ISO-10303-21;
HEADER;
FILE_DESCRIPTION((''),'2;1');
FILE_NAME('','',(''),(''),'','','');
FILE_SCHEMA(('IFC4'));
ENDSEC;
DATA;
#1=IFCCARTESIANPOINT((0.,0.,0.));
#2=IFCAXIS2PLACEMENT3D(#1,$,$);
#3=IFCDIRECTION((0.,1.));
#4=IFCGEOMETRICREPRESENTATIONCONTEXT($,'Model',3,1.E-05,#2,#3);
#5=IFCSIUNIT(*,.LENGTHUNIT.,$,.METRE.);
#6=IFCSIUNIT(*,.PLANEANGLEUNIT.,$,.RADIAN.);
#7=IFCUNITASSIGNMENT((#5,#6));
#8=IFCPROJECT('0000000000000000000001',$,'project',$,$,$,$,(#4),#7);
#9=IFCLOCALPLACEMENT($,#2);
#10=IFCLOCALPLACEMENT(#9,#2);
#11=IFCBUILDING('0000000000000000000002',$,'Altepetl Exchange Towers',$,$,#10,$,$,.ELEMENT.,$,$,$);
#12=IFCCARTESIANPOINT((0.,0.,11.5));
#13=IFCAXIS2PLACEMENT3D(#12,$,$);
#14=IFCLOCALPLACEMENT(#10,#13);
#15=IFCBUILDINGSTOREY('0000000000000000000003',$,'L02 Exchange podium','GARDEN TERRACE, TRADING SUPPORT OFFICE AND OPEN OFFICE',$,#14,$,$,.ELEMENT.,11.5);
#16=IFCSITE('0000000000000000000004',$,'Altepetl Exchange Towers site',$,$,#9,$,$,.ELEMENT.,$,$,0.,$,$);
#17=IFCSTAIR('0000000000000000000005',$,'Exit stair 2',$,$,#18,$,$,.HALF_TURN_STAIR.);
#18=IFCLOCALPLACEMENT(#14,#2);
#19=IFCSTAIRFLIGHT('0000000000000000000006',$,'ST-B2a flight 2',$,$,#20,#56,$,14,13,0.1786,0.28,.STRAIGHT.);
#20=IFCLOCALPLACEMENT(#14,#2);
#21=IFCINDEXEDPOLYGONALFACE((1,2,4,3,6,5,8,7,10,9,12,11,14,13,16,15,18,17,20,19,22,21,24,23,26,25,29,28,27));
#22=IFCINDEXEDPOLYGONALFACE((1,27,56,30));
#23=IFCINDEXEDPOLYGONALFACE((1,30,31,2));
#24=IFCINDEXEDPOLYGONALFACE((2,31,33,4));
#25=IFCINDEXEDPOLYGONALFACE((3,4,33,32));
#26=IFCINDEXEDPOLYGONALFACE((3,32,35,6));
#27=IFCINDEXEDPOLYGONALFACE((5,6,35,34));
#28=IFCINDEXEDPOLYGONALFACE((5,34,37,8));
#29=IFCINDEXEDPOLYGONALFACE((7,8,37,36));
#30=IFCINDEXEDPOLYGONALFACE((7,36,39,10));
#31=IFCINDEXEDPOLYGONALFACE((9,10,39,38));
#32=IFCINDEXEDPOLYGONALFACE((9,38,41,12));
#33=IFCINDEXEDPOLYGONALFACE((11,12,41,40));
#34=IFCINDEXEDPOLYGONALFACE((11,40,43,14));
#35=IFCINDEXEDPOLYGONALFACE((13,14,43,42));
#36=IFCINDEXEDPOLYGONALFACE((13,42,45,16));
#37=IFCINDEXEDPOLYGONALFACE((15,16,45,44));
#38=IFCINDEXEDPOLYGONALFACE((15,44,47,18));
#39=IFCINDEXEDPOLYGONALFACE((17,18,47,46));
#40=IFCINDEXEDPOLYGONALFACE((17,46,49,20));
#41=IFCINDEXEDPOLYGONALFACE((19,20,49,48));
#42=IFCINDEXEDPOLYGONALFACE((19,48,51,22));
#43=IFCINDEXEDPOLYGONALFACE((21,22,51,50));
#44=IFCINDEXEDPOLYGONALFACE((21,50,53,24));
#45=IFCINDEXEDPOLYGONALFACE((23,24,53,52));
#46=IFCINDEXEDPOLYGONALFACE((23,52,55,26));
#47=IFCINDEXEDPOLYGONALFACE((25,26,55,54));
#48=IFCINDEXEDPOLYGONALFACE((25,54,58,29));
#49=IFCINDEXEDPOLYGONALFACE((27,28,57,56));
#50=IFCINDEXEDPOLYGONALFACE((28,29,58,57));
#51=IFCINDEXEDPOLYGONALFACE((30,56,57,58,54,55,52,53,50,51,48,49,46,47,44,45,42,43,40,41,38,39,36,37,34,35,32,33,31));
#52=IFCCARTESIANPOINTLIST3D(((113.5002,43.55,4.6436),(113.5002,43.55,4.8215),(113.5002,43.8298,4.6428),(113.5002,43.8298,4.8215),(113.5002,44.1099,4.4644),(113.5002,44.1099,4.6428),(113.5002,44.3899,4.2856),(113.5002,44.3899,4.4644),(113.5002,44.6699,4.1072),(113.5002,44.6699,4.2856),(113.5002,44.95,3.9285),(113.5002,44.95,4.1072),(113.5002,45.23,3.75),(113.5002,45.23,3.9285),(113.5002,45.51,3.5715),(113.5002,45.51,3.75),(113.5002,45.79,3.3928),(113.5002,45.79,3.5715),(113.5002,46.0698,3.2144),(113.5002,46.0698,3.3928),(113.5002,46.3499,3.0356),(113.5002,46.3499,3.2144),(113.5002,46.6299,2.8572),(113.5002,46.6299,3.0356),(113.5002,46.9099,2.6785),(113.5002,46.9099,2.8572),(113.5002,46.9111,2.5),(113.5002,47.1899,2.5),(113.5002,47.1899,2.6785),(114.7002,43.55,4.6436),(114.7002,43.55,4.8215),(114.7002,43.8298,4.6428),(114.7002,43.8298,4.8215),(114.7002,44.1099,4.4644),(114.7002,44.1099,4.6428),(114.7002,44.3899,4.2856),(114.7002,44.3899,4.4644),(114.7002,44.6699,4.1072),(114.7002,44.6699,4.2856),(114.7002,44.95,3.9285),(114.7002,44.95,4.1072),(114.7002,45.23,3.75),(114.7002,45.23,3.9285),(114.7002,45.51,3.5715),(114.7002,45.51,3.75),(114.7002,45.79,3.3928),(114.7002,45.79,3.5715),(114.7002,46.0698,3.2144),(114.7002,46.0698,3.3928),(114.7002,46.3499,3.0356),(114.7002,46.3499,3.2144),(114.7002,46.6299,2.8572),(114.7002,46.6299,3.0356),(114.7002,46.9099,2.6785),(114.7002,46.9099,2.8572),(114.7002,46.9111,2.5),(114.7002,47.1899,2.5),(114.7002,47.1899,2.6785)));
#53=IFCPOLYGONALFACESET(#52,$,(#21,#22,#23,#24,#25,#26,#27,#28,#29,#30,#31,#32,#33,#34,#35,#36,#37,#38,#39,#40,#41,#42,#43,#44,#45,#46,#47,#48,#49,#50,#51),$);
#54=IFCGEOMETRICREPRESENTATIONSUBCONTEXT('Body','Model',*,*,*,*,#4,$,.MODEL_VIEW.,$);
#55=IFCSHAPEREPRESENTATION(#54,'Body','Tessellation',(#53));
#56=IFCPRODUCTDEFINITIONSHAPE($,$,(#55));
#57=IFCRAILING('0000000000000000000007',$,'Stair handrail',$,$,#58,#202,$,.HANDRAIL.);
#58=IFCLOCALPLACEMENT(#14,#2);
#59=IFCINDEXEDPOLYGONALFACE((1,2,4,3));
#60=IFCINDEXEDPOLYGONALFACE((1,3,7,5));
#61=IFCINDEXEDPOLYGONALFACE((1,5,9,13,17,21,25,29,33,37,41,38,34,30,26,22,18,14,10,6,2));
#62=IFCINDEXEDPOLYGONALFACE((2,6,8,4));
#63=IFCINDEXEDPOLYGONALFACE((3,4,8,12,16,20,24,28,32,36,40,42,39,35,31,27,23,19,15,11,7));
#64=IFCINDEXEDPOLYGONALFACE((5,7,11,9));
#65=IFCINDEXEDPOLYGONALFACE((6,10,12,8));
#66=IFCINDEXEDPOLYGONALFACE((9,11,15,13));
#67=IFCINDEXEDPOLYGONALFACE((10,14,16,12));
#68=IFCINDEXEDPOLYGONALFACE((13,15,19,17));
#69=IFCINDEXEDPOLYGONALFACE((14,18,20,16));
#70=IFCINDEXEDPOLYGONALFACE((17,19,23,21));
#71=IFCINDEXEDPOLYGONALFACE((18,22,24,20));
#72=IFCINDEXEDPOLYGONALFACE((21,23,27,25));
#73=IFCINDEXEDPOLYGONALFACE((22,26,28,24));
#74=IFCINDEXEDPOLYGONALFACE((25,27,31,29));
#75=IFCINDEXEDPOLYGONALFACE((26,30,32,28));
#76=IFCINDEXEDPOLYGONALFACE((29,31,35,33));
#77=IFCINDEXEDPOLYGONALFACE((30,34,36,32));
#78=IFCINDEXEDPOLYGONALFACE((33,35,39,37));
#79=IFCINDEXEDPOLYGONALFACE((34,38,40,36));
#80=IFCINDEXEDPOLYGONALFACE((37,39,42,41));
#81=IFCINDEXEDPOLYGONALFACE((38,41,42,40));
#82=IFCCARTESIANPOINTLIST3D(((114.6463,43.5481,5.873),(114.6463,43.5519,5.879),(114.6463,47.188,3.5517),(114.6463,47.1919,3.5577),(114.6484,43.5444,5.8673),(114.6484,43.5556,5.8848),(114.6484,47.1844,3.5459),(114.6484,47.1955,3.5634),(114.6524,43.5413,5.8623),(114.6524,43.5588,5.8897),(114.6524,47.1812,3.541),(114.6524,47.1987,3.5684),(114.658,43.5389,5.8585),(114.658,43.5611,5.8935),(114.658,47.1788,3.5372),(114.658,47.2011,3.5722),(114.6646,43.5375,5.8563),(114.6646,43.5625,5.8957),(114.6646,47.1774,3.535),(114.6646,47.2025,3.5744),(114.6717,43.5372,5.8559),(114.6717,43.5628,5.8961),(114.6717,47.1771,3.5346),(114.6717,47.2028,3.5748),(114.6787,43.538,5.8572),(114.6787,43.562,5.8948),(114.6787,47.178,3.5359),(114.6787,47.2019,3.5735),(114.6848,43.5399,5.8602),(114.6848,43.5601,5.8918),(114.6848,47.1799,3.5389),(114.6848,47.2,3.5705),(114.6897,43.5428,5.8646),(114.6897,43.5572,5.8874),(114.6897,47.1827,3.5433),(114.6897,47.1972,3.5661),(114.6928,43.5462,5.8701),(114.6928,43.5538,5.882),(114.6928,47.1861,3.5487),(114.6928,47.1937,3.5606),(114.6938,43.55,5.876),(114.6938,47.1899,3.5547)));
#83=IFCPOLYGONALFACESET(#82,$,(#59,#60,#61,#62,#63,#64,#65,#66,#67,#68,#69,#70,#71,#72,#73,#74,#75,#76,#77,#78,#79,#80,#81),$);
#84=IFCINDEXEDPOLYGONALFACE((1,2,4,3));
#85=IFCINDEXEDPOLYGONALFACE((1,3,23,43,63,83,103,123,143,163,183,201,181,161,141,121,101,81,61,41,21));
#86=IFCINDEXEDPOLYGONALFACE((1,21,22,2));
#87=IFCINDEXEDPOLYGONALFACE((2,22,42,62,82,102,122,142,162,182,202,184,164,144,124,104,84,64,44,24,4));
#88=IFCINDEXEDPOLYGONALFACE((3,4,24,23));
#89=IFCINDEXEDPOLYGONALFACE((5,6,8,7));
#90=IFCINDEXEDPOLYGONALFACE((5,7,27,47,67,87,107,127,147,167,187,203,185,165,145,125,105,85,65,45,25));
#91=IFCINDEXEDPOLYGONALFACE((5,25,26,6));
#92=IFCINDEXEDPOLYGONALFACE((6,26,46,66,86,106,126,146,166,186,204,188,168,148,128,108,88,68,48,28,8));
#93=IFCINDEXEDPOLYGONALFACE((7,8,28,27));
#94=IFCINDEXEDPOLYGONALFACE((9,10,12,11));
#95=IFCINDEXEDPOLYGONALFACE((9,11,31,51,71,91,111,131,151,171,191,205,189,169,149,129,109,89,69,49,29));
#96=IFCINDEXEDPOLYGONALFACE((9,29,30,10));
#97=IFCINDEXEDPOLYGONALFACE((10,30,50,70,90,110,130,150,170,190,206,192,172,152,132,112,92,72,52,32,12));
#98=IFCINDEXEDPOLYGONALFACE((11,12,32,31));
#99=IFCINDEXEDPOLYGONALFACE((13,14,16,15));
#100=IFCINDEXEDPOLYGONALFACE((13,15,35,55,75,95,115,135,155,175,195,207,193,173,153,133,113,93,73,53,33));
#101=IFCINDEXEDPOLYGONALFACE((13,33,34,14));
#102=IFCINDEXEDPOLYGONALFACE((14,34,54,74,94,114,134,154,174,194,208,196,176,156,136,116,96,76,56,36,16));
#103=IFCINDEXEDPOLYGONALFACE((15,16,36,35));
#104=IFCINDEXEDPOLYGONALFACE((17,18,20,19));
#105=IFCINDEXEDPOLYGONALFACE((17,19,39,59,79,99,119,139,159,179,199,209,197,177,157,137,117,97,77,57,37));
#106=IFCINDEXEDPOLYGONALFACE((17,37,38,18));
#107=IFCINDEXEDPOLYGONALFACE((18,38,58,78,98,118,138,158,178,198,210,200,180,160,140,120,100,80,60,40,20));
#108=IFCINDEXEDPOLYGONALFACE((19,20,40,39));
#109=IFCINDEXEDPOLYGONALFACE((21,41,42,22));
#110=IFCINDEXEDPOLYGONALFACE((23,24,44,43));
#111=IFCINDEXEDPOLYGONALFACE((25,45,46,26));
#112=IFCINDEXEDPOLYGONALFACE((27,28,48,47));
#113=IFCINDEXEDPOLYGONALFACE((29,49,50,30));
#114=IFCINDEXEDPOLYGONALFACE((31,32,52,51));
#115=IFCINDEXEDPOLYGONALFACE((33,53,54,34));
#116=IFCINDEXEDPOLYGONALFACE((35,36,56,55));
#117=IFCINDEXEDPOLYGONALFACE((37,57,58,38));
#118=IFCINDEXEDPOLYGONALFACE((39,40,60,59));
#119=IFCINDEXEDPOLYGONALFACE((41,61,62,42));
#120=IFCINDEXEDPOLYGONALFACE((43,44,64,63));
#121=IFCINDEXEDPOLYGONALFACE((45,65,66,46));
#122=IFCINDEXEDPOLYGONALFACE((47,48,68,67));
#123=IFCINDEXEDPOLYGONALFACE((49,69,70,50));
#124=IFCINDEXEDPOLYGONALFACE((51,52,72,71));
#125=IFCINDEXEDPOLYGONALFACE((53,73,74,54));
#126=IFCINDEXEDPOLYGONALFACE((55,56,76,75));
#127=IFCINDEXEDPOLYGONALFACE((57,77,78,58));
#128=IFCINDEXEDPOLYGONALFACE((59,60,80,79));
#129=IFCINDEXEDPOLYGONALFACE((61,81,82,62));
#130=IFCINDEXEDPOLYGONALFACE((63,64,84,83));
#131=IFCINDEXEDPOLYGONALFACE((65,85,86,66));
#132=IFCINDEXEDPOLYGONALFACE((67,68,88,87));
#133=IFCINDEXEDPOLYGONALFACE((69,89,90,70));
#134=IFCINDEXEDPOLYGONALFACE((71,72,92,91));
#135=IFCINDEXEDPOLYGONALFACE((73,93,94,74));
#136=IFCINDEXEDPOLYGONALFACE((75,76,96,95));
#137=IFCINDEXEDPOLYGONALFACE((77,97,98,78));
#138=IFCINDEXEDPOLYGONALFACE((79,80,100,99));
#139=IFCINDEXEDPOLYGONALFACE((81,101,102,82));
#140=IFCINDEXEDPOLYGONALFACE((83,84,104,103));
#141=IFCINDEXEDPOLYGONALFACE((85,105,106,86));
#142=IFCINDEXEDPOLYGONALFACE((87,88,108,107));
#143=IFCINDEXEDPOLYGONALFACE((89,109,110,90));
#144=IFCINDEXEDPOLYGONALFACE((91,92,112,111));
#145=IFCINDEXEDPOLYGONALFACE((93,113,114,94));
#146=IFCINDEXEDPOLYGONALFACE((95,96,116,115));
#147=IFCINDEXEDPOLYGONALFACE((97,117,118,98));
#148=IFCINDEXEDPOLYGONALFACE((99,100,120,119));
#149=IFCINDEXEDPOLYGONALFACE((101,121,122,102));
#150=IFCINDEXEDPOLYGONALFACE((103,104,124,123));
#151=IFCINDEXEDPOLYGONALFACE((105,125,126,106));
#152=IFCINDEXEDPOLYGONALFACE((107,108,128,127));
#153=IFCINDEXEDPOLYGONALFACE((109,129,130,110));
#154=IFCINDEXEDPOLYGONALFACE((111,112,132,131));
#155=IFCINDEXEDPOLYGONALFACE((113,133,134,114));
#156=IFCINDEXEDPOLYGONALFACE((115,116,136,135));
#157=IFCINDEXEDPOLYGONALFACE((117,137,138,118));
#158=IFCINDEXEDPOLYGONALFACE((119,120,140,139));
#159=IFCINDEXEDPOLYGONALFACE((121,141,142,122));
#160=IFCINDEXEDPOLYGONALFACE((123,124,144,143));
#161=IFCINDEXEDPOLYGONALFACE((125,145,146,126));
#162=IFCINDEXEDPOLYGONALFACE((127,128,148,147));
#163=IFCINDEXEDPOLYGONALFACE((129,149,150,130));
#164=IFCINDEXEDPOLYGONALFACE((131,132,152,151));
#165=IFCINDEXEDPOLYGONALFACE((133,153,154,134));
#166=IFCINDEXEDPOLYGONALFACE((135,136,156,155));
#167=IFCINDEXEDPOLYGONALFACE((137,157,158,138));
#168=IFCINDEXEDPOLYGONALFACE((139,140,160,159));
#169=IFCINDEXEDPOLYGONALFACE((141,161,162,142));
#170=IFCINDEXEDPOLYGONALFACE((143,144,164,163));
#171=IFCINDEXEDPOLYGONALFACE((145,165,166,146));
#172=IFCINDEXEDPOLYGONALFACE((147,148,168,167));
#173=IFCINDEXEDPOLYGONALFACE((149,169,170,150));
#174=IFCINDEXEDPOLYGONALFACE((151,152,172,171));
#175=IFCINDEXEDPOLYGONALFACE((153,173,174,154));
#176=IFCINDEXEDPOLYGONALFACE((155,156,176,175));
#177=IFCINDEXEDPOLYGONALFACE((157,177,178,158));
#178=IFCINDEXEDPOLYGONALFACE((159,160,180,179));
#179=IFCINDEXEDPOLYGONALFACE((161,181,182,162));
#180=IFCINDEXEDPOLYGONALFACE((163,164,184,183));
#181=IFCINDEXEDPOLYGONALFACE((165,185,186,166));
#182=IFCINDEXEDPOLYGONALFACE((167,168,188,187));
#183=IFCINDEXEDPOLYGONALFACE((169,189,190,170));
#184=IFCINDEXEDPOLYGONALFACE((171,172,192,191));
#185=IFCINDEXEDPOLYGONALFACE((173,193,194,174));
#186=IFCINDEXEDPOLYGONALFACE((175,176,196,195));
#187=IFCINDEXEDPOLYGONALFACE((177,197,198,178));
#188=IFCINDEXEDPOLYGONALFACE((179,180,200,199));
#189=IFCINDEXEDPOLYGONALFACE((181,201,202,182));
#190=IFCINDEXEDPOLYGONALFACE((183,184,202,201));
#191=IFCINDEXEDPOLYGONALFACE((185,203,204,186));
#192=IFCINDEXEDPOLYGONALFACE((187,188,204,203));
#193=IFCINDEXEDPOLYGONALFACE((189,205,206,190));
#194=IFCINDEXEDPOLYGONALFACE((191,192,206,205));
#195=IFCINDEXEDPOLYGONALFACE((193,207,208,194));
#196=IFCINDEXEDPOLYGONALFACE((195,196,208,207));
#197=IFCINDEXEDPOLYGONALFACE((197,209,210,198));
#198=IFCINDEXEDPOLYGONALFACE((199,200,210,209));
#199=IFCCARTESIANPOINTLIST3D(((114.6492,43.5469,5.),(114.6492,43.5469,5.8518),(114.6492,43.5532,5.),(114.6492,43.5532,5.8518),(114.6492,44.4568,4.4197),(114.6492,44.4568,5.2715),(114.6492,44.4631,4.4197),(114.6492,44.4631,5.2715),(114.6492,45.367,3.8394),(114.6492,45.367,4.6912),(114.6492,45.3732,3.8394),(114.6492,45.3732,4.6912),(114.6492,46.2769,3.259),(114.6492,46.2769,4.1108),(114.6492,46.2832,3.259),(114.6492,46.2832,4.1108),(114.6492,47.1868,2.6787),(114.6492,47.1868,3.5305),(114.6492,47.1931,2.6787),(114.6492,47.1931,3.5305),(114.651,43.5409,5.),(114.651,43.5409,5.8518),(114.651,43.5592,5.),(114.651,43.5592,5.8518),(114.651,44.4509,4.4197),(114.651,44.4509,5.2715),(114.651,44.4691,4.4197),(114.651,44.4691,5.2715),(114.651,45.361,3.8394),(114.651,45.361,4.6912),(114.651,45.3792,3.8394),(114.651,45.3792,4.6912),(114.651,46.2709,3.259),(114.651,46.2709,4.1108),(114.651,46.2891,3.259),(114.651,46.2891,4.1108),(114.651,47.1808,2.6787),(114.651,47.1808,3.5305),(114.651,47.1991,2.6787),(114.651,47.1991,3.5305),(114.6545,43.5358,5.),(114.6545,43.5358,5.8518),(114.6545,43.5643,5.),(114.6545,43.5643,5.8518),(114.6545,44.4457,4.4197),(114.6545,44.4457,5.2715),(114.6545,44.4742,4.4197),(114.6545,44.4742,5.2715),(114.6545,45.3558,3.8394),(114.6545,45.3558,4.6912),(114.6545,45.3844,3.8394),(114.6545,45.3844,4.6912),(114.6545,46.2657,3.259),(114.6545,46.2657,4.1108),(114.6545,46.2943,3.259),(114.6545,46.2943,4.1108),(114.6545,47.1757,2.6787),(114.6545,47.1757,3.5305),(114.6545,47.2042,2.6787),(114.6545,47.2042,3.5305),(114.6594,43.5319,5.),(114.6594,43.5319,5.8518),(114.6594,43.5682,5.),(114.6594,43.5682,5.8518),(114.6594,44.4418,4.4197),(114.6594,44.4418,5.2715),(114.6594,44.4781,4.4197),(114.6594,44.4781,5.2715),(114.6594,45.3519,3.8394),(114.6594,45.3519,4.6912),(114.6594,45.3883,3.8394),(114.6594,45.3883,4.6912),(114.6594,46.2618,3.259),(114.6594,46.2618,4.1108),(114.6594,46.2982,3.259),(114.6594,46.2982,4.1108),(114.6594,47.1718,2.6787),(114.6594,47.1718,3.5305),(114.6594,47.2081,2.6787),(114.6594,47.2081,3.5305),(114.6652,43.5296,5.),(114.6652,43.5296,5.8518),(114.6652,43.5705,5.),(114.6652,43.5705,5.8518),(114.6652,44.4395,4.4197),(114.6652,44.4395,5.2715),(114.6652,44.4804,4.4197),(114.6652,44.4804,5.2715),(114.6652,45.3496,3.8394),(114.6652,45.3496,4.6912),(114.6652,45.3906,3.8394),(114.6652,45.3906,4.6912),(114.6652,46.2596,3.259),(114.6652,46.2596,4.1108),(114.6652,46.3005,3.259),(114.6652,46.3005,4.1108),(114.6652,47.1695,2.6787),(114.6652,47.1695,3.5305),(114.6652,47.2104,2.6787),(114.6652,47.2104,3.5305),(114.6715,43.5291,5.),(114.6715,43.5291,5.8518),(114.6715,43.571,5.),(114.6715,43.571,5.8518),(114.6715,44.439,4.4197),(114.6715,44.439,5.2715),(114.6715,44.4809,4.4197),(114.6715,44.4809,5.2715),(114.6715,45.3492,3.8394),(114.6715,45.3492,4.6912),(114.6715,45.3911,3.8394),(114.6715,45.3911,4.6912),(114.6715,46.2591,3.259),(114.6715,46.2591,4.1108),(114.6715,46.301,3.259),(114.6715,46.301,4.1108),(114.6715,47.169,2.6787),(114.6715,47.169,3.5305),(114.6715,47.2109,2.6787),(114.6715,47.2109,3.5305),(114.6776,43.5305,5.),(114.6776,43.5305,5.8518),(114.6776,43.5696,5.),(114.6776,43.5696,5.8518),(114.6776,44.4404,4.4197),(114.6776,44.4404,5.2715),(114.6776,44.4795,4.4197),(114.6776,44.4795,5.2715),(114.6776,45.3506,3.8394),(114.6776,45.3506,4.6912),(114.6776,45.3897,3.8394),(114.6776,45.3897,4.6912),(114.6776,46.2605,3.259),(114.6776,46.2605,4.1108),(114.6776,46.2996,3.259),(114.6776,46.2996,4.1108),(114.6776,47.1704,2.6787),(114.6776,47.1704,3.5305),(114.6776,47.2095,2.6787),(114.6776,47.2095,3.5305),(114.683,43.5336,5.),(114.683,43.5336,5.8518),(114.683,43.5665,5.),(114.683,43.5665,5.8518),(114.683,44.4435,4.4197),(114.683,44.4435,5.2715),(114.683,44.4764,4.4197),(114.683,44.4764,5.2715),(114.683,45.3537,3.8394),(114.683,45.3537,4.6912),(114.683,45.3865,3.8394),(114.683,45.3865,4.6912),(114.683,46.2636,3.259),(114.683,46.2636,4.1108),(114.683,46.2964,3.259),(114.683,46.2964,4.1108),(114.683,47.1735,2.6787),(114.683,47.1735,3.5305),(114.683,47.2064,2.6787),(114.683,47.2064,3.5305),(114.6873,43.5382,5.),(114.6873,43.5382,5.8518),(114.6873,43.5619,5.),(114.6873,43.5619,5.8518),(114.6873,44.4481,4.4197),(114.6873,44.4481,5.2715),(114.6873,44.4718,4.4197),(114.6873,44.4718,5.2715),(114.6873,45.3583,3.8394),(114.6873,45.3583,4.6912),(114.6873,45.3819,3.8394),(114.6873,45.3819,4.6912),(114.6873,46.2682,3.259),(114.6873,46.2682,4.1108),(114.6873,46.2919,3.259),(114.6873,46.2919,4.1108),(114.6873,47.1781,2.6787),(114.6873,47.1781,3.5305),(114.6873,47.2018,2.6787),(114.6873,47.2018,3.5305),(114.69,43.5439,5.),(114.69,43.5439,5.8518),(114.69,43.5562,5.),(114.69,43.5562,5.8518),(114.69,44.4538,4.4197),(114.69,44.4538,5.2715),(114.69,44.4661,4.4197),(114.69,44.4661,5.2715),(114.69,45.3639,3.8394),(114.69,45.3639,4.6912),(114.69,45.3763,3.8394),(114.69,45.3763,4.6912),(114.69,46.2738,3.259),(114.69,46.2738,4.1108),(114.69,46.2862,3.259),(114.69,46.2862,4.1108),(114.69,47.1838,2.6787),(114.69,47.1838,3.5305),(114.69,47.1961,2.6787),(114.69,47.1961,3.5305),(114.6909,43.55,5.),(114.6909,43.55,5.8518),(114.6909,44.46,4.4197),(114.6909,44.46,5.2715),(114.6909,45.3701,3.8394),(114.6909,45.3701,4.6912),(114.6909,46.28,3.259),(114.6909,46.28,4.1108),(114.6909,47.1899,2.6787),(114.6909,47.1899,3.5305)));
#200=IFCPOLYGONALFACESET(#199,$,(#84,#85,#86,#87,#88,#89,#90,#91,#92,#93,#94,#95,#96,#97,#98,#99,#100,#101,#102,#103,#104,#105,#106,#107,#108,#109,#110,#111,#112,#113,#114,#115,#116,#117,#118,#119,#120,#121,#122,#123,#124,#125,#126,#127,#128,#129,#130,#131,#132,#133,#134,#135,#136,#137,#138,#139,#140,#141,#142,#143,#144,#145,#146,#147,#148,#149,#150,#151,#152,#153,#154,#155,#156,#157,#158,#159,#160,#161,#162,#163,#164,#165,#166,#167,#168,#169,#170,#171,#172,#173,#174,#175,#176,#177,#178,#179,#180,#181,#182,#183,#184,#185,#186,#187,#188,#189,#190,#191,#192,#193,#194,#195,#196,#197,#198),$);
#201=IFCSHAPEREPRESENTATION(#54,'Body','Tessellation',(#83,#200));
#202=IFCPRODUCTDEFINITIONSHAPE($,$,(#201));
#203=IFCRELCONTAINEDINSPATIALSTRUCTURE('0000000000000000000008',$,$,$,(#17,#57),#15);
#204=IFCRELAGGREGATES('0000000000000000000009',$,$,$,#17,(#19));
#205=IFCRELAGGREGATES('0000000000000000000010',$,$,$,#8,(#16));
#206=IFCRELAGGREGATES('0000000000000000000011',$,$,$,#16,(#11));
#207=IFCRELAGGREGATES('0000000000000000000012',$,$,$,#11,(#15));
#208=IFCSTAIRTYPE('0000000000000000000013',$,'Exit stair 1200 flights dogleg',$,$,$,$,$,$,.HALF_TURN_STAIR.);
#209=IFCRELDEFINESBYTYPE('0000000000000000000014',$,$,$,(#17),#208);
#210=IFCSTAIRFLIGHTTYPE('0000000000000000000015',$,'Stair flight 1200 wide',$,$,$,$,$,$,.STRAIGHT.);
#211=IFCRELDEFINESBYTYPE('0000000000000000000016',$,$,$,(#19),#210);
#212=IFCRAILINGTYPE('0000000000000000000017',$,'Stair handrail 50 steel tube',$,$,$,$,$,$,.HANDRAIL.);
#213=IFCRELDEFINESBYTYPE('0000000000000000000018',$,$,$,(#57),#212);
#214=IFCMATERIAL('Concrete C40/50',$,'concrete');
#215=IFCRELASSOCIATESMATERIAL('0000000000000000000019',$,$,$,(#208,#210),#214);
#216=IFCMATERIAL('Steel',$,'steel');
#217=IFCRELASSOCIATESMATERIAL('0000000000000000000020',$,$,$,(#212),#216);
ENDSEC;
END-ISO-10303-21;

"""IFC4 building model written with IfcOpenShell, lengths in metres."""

from ifc_helpers import new_model, si_unit, direction, frame, origin, origin_2d, place, context, subcontext, project, spatial, polyline, circle, outline, extrude, source, transform, mapped, material, type_object, element, aggregate, save


model = new_model("IFC4")

# Units and contexts
model_context = context("Model", 3, precision=1e-05, world=origin(), true_north=direction((0.0, 1.0)))
body_context = subcontext(model_context, "Body", "Model", "MODEL_VIEW")
ifc_project = project(units=[si_unit("LENGTHUNIT", "METRE"), si_unit("PLANEANGLEUNIT", "RADIAN")], contexts=[model_context])

# Site, building, storey
site_placement = place(None, origin())
site = spatial("IfcSite", under=ifc_project, at=site_placement, Name="Altepetl Exchange Towers site", CompositionType="ELEMENT", RefElevation=0.0)
building_placement = place(site_placement, origin())
building = spatial("IfcBuilding", under=site, at=building_placement, Name="Altepetl Exchange Towers", CompositionType="ELEMENT")
storey_placement = place(building_placement, frame((0.0, 0.0, 11.5)))
storey = spatial("IfcBuildingStorey", under=building, at=storey_placement, Name="L02 Exchange podium", Description="GARDEN TERRACE, TRADING SUPPORT OFFICE AND OPEN OFFICE", CompositionType="ELEMENT", Elevation=11.5)

# Stair, stair flight
ifc_material_1 = material(Name="Concrete C40/50", Category="concrete")
stair_type = type_object("IfcStairType", Name="Exit stair 1200 flights dogleg", PredefinedType="HALF_TURN_STAIR", material=ifc_material_1)
stair_placement = place(storey_placement, origin())
stair = element("IfcStair", 1, at=stair_placement, inside=storey, type_object=stair_type, Name="Exit stair 2", PredefinedType="HALF_TURN_STAIR")
stair_flight_type = type_object("IfcStairFlightType", Name="Stair flight 1200 wide", PredefinedType="STRAIGHT", material=ifc_material_1)
stair_flight_1_placement = place(storey_placement, frame((114.1001, 47.1899, 2.5), z_axis=(0.0, 0.0, 1.0), x_axis=(0.0, -1.0, 0.0)))
stair_flight_1 = element("IfcStairFlight", 2, at=stair_flight_1_placement, type_object=stair_flight_type, Name="ST-B2a flight 2", NumberOfRisers=14, NumberOfTreads=13, PredefinedType="STRAIGHT", RiserHeight=0.1786, TreadLength=0.28, context=body_context, shape_type="SweptSolid", body=[
    extrude(outline(polyline([(0.0, 0.0), (0.0, 0.1785), (0.28, 0.1785), (0.28, 0.3572), (0.5601, 0.3572), (0.5601, 0.5356), (0.8401, 0.5356), (0.8401, 0.7144), (1.1201, 0.7144), (1.1201, 0.8928), (1.3999, 0.8928), (1.3999, 1.0715), (1.6799, 1.0715), (1.6799, 1.25), (1.96, 1.25), (1.96, 1.4285), (2.24, 1.4285), (2.24, 1.6072), (2.52, 1.6072), (2.52, 1.7856), (2.8, 1.7856), (2.8, 1.9644), (3.0801, 1.9644), (3.0801, 2.1428), (3.3601, 2.1428), (3.3601, 2.3215), (3.6399, 2.3215), (3.6399, 2.5), (3.6399, 2.1436), (0.2788, 0.0), (0.0, 0.0)])), frame((0.0, 0.6001, 0.0), z_axis=(0.0, -1.0, 0.0), x_axis=(1.0, 0.0, 0.0)), (0.0, 0.0, 1.0), 1.2),
])
aggregate(stair, [stair_flight_1])

# Railing
ifc_material_2 = material(Name="Steel", Category="steel")
railing_type = type_object("IfcRailingType", Name="Stair handrail 50 steel tube", PredefinedType="HANDRAIL", material=ifc_material_2)
shared_shape = source(origin(), body_context, "Body", "SweptSolid", [
    extrude(circle(Radius=0.021, at=origin_2d()), origin(), (0.0, 0.0, 1.0), 0.8518),
])
railing_placement = place(storey_placement, frame((114.6699, 47.1899, 2.6787)))
element("IfcRailing", 3, at=railing_placement, inside=storey, type_object=railing_type, Name="Stair handrail", PredefinedType="HANDRAIL", context=body_context, shape_type="SweptSolid", body=[
    extrude(circle(Radius=0.0239, at=origin_2d()), frame((0.0, 0.0, 0.876), z_axis=(0.0, -0.843137, 0.537699), x_axis=(1.0, 0.0, 0.0)), (0.0, 0.0, 1.0), 4.3171),
    mapped(shared_shape, transform((0.0, 0.0, 0.0))),
    mapped(shared_shape, transform((0.0, -0.9099, 0.5803))),
    mapped(shared_shape, transform((0.0, -1.8198, 1.1606))),
    mapped(shared_shape, transform((0.0, -2.73, 1.741))),
    mapped(shared_shape, transform((0.0, -3.6399, 2.3213))),
])

save(model, "model.ifc")
